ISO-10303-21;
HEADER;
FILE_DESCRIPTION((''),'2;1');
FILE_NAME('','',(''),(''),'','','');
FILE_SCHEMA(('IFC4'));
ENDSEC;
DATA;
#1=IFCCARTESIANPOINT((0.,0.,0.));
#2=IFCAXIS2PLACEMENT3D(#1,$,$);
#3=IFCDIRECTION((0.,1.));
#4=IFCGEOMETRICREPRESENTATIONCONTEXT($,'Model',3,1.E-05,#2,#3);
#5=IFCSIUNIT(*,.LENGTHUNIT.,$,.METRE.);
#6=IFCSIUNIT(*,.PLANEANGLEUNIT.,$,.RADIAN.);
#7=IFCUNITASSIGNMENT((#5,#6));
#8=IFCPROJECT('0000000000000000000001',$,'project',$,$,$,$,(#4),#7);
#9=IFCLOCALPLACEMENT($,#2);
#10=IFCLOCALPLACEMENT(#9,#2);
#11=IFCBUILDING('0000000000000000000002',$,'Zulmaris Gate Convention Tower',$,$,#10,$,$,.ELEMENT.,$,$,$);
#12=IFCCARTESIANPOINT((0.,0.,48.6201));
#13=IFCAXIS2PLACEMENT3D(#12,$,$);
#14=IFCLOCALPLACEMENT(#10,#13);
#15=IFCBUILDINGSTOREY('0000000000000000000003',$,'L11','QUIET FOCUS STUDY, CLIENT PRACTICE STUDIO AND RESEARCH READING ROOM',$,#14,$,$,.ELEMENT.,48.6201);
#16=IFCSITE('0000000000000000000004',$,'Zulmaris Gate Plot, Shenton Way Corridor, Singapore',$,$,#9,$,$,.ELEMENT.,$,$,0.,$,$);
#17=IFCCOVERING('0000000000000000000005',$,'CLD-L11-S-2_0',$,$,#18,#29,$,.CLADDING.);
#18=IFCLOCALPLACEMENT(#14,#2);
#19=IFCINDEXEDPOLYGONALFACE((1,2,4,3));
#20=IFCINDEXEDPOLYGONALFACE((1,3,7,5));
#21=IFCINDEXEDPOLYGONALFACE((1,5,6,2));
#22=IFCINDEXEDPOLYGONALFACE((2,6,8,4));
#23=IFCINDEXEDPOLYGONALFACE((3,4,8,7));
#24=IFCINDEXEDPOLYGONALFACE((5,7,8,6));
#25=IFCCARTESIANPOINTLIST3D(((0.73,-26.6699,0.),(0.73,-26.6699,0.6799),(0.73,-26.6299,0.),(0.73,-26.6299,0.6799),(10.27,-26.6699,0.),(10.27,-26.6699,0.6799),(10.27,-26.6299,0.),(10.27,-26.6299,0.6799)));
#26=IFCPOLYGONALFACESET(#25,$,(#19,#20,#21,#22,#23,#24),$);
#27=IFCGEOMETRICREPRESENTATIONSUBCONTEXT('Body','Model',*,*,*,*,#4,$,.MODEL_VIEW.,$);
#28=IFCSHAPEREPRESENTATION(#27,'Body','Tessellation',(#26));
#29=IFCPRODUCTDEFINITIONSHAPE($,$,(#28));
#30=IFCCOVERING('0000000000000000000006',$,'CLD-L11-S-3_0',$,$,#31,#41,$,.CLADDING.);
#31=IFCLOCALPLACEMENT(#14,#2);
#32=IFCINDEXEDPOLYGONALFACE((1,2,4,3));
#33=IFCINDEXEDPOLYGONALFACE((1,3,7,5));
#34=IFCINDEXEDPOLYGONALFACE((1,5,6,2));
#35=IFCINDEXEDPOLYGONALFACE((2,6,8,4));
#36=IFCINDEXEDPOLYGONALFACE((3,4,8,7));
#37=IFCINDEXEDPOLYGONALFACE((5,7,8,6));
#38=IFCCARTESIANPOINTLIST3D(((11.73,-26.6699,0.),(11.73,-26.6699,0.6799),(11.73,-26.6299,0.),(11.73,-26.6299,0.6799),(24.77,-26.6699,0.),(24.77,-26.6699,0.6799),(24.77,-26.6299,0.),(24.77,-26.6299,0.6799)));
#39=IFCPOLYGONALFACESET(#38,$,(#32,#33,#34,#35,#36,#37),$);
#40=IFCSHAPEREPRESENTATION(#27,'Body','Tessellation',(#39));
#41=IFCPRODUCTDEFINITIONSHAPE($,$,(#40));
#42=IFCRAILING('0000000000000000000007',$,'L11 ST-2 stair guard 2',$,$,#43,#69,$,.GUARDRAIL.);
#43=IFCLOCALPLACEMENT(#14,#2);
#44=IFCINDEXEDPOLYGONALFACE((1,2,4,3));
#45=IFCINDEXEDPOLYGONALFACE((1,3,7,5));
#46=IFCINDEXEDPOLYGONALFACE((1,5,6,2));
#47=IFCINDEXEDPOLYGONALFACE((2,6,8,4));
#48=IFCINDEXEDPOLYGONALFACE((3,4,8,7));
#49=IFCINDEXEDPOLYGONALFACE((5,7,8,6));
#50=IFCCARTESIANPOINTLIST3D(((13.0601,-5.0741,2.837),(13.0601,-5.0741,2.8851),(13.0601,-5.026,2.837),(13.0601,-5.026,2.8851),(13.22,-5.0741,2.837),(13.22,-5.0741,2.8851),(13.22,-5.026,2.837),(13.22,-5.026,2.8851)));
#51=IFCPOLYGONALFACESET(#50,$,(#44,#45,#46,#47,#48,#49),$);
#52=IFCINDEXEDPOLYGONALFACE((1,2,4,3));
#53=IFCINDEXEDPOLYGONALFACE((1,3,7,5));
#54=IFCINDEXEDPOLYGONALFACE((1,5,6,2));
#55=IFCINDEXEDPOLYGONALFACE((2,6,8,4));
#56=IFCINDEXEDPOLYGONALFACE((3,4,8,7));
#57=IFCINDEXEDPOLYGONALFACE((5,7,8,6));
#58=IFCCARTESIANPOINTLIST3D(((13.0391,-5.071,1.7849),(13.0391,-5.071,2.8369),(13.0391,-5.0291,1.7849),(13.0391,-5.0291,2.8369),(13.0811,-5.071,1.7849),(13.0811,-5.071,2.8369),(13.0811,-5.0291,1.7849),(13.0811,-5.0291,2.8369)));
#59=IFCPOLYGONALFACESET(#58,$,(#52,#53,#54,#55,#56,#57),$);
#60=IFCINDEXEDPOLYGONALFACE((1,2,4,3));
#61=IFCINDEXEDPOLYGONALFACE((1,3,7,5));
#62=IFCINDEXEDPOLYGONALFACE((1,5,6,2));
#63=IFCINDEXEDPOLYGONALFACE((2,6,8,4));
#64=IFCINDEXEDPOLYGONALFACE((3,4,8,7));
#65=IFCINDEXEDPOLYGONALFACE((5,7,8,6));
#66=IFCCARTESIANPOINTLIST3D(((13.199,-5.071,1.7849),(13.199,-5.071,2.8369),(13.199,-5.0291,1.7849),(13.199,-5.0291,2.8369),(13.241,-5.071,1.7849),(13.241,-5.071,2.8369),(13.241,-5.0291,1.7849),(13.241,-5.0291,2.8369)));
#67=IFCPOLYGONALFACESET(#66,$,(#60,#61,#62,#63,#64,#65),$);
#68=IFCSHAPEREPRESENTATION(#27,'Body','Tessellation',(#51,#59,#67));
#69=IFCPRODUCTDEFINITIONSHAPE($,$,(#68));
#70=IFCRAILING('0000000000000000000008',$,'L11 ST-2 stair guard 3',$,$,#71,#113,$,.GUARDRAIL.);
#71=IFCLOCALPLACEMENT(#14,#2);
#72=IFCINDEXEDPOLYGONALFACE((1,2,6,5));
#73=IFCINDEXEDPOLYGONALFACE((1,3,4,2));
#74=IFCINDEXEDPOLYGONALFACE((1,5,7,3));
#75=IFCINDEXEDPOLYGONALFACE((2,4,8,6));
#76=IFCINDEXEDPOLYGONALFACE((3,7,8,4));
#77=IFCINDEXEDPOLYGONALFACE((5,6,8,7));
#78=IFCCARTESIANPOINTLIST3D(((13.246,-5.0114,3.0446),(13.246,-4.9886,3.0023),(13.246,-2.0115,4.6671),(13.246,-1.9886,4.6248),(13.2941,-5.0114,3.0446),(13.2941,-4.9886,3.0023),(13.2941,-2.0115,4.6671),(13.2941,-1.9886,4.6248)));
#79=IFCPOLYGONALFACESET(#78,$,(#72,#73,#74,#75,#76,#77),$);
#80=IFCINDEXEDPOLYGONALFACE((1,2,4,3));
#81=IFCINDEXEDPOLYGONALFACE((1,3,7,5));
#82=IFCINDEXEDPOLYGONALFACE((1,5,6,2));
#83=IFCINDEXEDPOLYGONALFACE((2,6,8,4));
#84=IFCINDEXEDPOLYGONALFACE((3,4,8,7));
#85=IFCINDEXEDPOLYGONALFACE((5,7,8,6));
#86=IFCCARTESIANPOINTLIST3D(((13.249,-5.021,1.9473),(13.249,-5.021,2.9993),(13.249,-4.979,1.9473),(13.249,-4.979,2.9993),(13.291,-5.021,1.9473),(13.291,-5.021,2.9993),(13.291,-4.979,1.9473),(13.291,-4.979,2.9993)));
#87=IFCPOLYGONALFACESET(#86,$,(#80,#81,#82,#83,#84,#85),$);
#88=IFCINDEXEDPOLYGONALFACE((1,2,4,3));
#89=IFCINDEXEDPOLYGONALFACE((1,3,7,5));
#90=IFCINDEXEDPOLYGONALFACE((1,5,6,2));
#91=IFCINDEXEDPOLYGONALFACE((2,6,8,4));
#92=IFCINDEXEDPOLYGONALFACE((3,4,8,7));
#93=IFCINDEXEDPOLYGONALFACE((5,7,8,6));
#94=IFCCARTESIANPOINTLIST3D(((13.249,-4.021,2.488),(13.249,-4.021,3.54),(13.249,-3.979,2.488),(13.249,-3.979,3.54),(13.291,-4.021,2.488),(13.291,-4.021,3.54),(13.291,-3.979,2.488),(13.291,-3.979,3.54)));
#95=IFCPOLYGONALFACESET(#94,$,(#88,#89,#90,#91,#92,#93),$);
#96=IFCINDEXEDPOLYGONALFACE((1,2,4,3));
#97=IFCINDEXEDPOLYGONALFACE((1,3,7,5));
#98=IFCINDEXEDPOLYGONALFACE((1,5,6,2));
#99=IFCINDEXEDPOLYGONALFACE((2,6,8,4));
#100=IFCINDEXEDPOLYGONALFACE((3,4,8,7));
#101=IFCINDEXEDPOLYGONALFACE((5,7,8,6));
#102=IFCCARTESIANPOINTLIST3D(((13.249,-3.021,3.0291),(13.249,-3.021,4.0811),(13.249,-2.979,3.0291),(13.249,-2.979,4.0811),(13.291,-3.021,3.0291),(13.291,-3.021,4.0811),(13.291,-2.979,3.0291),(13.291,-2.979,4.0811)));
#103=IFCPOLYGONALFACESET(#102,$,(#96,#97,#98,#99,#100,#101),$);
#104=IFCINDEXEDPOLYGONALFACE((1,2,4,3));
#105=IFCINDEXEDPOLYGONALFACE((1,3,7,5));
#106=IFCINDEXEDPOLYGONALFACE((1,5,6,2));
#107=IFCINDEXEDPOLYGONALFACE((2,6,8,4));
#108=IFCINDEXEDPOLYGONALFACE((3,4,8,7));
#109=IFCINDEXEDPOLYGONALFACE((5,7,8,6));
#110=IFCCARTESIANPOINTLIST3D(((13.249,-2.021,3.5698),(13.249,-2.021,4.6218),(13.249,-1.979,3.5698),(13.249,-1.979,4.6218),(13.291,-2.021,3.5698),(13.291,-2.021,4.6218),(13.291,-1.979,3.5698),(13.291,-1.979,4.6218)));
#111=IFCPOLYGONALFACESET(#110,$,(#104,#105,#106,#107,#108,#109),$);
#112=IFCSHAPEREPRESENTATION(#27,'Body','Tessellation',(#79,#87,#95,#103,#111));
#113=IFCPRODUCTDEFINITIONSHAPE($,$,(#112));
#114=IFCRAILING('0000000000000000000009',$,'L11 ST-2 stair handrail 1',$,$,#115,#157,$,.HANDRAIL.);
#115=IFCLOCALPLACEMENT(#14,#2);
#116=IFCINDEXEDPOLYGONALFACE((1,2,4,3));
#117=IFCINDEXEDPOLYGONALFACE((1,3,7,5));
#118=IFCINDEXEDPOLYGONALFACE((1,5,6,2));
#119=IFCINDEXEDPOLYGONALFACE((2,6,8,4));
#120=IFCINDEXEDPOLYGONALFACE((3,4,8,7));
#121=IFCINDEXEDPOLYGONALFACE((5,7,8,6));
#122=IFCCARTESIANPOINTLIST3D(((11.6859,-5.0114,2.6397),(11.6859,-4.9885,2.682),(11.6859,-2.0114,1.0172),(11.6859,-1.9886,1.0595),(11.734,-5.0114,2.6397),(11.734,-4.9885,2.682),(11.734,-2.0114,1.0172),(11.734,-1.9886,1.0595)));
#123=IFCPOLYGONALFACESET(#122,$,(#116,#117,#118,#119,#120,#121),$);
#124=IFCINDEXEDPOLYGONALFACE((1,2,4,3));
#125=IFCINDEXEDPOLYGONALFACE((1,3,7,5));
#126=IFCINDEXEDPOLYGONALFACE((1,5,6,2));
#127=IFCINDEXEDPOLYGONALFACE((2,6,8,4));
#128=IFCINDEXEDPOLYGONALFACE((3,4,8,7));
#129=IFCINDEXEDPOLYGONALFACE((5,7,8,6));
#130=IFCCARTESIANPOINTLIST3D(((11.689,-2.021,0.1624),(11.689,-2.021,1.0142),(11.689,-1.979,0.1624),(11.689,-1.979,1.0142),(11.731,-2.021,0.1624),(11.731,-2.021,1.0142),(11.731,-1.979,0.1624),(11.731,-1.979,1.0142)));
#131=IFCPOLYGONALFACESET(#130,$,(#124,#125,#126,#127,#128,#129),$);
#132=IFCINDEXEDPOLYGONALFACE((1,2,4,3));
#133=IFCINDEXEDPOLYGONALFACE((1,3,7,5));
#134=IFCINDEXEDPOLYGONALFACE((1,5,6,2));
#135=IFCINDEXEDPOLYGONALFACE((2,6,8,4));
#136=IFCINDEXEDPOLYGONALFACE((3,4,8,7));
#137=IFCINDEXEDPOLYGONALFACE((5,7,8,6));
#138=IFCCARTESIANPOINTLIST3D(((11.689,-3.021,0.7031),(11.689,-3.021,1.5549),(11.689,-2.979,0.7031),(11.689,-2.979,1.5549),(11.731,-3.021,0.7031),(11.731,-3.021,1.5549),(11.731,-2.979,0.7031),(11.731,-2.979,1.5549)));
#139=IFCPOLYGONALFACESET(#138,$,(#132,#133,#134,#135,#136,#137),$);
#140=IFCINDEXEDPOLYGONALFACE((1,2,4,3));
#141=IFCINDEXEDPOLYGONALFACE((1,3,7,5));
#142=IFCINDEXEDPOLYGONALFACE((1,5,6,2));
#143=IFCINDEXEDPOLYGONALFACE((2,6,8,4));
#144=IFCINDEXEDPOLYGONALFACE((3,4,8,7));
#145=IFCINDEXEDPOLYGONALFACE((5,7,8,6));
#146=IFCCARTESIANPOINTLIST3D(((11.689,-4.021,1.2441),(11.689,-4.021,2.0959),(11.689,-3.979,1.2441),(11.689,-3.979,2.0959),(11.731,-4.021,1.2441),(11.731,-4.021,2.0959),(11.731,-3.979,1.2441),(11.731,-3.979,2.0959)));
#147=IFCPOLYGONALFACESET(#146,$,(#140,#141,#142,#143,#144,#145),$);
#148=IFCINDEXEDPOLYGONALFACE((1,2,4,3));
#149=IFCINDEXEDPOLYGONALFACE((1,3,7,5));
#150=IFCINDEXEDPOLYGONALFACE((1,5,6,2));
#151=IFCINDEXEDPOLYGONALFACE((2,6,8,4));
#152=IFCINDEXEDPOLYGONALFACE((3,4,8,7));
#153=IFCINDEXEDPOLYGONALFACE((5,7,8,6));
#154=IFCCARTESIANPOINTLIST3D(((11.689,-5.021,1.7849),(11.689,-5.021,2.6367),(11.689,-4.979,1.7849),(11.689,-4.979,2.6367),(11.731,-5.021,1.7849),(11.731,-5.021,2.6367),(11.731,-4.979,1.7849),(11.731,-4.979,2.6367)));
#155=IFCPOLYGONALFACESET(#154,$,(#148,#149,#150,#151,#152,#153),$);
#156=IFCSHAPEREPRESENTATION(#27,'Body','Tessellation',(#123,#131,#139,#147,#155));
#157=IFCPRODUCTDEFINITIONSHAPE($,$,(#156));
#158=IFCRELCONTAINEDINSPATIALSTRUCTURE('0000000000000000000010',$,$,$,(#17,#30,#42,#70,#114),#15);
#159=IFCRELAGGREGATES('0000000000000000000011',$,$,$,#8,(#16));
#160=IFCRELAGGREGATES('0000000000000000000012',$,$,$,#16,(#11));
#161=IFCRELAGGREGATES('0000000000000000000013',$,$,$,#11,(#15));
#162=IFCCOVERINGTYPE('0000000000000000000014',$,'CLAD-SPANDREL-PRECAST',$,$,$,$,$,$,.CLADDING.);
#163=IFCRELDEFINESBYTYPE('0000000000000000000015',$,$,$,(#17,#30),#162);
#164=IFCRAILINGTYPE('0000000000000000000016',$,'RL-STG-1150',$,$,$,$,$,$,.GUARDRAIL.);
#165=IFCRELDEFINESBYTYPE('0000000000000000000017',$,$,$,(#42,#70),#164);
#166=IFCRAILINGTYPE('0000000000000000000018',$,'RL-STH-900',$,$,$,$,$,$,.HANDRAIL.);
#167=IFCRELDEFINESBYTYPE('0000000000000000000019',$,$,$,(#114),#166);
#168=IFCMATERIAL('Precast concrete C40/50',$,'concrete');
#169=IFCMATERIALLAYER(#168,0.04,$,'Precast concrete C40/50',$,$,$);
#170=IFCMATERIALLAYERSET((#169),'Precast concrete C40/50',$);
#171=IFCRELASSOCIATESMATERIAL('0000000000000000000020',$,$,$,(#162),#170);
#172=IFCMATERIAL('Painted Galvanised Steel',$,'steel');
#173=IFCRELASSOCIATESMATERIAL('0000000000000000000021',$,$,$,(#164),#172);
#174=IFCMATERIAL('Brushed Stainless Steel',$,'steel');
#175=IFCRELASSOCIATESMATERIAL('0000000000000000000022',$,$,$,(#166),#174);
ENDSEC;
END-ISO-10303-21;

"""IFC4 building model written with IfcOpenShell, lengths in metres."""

from ifc_helpers import new_model, si_unit, direction, frame, frame_2d, origin, origin_2d, place, context, subcontext, project, spatial, rectangle, extrude, material, layer, layer_set, type_object, element, save


model = new_model("IFC4")

# Units and contexts
model_context = context("Model", 3, precision=1e-05, world=origin(), true_north=direction((0.0, 1.0)))
body_context = subcontext(model_context, "Body", "Model", "MODEL_VIEW")
ifc_project = project(units=[si_unit("LENGTHUNIT", "METRE"), si_unit("PLANEANGLEUNIT", "RADIAN")], contexts=[model_context])

# Site, building, storey
site_placement = place(None, origin())
site = spatial("IfcSite", under=ifc_project, at=site_placement, Name="Zulmaris Gate Plot, Shenton Way Corridor, Singapore", CompositionType="ELEMENT", RefElevation=0.0)
building_placement = place(site_placement, origin())
building = spatial("IfcBuilding", under=site, at=building_placement, Name="Zulmaris Gate Convention Tower", CompositionType="ELEMENT")
storey_placement = place(building_placement, frame((0.0, 0.0, 48.6201)))
storey = spatial("IfcBuildingStorey", under=building, at=storey_placement, Name="L11", Description="QUIET FOCUS STUDY, CLIENT PRACTICE STUDIO AND RESEARCH READING ROOM", CompositionType="ELEMENT", Elevation=48.6201)

# Shared definitions
ifc_material_1 = material(Name="Precast concrete C40/50", Category="concrete")

# Coverings
ifc_layer_1 = layer(ifc_material_1, 0.04, Name="Precast concrete C40/50")
ifc_layer_set_1 = layer_set([ifc_layer_1], Name="Precast concrete C40/50")
covering_type = type_object("IfcCoveringType", Name="CLAD-SPANDREL-PRECAST", PredefinedType="CLADDING", material=ifc_layer_set_1)
covering_1_placement = place(storey_placement, frame((0.73, -26.6499, 0.0), z_axis=(0.0, 0.0, 1.0), x_axis=(1.0, 0.0, 0.0)))
element("IfcCovering", 1, at=covering_1_placement, inside=storey, type_object=covering_type, Name="CLD-L11-S-2_0", PredefinedType="CLADDING", context=body_context, shape_type="SweptSolid", body=[
    extrude(rectangle(XDim=9.54, YDim=0.04, at=frame_2d((4.77, 0.0))), origin(), (0.0, 0.0, 1.0), 0.6799),
])
covering_2_placement = place(storey_placement, frame((11.73, -26.6499, 0.0), z_axis=(0.0, 0.0, 1.0), x_axis=(1.0, 0.0, 0.0)))
element("IfcCovering", 2, at=covering_2_placement, inside=storey, type_object=covering_type, Name="CLD-L11-S-3_0", PredefinedType="CLADDING", context=body_context, shape_type="SweptSolid", body=[
    extrude(rectangle(XDim=13.04, YDim=0.04, at=frame_2d((6.52, 0.0))), origin(), (0.0, 0.0, 1.0), 0.6799),
])

# Railings
ifc_material_2 = material(Name="Painted Galvanised Steel", Category="steel")
railing_type_1 = type_object("IfcRailingType", Name="RL-STG-1150", PredefinedType="GUARDRAIL", material=ifc_material_2)
railing_1_placement = place(storey_placement, frame((13.0601, -5.05, 1.7849)))
element("IfcRailing", 3, at=railing_1_placement, inside=storey, type_object=railing_type_1, Name="L11 ST-2 stair guard 2", PredefinedType="GUARDRAIL", context=body_context, shape_type="SweptSolid", body=[
    extrude(rectangle(XDim=0.0481, YDim=0.0481, at=origin_2d()), frame((0.0, 0.0, 1.0762), z_axis=(1.0, 0.0, 0.0), x_axis=(0.0, 1.0, 0.0)), (0.0, 0.0, 1.0), 0.1599),
    extrude(rectangle(XDim=0.042, YDim=0.042, at=origin_2d()), origin(), (0.0, 0.0, 1.0), 1.052),
    extrude(rectangle(XDim=0.042, YDim=0.042, at=origin_2d()), frame((0.1599, 0.0, 0.0)), (0.0, 0.0, 1.0), 1.052),
])
railing_2_placement = place(storey_placement, frame((13.27, -5.0, 1.9473)))
element("IfcRailing", 4, at=railing_2_placement, inside=storey, type_object=railing_type_1, Name="L11 ST-2 stair guard 3", PredefinedType="GUARDRAIL", context=body_context, shape_type="SweptSolid", body=[
    extrude(rectangle(XDim=0.0481, YDim=0.0481, at=origin_2d()), frame((0.0, 0.0, 1.0762), z_axis=(0.0, 0.879592, 0.47573), x_axis=(-1.0, 0.0, 0.0)), (0.0, 0.0, 1.0), 3.4106),
    extrude(rectangle(XDim=0.042, YDim=0.042, at=origin_2d()), origin(), (0.0, 0.0, 1.0), 1.052),
    extrude(rectangle(XDim=0.042, YDim=0.042, at=origin_2d()), frame((0.0, 1.0, 0.5408)), (0.0, 0.0, 1.0), 1.052),
    extrude(rectangle(XDim=0.042, YDim=0.042, at=origin_2d()), frame((0.0, 2.0, 1.0818)), (0.0, 0.0, 1.0), 1.052),
    extrude(rectangle(XDim=0.042, YDim=0.042, at=origin_2d()), frame((0.0, 3.0, 1.6226)), (0.0, 0.0, 1.0), 1.052),
])
ifc_material_3 = material(Name="Brushed Stainless Steel", Category="steel")
railing_type_2 = type_object("IfcRailingType", Name="RL-STH-900", PredefinedType="HANDRAIL", material=ifc_material_3)
railing_3_placement = place(storey_placement, frame((11.71, -2.0, 0.1624)))
element("IfcRailing", 5, at=railing_3_placement, inside=storey, type_object=railing_type_2, Name="L11 ST-2 stair handrail 1", PredefinedType="HANDRAIL", context=body_context, shape_type="SweptSolid", body=[
    extrude(rectangle(XDim=0.0481, YDim=0.0481, at=origin_2d()), frame((0.0, 0.0, 0.876), z_axis=(0.0, -0.879592, 0.47573), x_axis=(1.0, 0.0, 0.0)), (0.0, 0.0, 1.0), 3.4106),
    extrude(rectangle(XDim=0.042, YDim=0.042, at=origin_2d()), origin(), (0.0, 0.0, 1.0), 0.8518),
    extrude(rectangle(XDim=0.042, YDim=0.042, at=origin_2d()), frame((0.0, -1.0, 0.5408)), (0.0, 0.0, 1.0), 0.8518),
    extrude(rectangle(XDim=0.042, YDim=0.042, at=origin_2d()), frame((0.0, -2.0, 1.0818)), (0.0, 0.0, 1.0), 0.8518),
    extrude(rectangle(XDim=0.042, YDim=0.042, at=origin_2d()), frame((0.0, -3.0, 1.6226)), (0.0, 0.0, 1.0), 0.8518),
])

save(model, "model.ifc")
